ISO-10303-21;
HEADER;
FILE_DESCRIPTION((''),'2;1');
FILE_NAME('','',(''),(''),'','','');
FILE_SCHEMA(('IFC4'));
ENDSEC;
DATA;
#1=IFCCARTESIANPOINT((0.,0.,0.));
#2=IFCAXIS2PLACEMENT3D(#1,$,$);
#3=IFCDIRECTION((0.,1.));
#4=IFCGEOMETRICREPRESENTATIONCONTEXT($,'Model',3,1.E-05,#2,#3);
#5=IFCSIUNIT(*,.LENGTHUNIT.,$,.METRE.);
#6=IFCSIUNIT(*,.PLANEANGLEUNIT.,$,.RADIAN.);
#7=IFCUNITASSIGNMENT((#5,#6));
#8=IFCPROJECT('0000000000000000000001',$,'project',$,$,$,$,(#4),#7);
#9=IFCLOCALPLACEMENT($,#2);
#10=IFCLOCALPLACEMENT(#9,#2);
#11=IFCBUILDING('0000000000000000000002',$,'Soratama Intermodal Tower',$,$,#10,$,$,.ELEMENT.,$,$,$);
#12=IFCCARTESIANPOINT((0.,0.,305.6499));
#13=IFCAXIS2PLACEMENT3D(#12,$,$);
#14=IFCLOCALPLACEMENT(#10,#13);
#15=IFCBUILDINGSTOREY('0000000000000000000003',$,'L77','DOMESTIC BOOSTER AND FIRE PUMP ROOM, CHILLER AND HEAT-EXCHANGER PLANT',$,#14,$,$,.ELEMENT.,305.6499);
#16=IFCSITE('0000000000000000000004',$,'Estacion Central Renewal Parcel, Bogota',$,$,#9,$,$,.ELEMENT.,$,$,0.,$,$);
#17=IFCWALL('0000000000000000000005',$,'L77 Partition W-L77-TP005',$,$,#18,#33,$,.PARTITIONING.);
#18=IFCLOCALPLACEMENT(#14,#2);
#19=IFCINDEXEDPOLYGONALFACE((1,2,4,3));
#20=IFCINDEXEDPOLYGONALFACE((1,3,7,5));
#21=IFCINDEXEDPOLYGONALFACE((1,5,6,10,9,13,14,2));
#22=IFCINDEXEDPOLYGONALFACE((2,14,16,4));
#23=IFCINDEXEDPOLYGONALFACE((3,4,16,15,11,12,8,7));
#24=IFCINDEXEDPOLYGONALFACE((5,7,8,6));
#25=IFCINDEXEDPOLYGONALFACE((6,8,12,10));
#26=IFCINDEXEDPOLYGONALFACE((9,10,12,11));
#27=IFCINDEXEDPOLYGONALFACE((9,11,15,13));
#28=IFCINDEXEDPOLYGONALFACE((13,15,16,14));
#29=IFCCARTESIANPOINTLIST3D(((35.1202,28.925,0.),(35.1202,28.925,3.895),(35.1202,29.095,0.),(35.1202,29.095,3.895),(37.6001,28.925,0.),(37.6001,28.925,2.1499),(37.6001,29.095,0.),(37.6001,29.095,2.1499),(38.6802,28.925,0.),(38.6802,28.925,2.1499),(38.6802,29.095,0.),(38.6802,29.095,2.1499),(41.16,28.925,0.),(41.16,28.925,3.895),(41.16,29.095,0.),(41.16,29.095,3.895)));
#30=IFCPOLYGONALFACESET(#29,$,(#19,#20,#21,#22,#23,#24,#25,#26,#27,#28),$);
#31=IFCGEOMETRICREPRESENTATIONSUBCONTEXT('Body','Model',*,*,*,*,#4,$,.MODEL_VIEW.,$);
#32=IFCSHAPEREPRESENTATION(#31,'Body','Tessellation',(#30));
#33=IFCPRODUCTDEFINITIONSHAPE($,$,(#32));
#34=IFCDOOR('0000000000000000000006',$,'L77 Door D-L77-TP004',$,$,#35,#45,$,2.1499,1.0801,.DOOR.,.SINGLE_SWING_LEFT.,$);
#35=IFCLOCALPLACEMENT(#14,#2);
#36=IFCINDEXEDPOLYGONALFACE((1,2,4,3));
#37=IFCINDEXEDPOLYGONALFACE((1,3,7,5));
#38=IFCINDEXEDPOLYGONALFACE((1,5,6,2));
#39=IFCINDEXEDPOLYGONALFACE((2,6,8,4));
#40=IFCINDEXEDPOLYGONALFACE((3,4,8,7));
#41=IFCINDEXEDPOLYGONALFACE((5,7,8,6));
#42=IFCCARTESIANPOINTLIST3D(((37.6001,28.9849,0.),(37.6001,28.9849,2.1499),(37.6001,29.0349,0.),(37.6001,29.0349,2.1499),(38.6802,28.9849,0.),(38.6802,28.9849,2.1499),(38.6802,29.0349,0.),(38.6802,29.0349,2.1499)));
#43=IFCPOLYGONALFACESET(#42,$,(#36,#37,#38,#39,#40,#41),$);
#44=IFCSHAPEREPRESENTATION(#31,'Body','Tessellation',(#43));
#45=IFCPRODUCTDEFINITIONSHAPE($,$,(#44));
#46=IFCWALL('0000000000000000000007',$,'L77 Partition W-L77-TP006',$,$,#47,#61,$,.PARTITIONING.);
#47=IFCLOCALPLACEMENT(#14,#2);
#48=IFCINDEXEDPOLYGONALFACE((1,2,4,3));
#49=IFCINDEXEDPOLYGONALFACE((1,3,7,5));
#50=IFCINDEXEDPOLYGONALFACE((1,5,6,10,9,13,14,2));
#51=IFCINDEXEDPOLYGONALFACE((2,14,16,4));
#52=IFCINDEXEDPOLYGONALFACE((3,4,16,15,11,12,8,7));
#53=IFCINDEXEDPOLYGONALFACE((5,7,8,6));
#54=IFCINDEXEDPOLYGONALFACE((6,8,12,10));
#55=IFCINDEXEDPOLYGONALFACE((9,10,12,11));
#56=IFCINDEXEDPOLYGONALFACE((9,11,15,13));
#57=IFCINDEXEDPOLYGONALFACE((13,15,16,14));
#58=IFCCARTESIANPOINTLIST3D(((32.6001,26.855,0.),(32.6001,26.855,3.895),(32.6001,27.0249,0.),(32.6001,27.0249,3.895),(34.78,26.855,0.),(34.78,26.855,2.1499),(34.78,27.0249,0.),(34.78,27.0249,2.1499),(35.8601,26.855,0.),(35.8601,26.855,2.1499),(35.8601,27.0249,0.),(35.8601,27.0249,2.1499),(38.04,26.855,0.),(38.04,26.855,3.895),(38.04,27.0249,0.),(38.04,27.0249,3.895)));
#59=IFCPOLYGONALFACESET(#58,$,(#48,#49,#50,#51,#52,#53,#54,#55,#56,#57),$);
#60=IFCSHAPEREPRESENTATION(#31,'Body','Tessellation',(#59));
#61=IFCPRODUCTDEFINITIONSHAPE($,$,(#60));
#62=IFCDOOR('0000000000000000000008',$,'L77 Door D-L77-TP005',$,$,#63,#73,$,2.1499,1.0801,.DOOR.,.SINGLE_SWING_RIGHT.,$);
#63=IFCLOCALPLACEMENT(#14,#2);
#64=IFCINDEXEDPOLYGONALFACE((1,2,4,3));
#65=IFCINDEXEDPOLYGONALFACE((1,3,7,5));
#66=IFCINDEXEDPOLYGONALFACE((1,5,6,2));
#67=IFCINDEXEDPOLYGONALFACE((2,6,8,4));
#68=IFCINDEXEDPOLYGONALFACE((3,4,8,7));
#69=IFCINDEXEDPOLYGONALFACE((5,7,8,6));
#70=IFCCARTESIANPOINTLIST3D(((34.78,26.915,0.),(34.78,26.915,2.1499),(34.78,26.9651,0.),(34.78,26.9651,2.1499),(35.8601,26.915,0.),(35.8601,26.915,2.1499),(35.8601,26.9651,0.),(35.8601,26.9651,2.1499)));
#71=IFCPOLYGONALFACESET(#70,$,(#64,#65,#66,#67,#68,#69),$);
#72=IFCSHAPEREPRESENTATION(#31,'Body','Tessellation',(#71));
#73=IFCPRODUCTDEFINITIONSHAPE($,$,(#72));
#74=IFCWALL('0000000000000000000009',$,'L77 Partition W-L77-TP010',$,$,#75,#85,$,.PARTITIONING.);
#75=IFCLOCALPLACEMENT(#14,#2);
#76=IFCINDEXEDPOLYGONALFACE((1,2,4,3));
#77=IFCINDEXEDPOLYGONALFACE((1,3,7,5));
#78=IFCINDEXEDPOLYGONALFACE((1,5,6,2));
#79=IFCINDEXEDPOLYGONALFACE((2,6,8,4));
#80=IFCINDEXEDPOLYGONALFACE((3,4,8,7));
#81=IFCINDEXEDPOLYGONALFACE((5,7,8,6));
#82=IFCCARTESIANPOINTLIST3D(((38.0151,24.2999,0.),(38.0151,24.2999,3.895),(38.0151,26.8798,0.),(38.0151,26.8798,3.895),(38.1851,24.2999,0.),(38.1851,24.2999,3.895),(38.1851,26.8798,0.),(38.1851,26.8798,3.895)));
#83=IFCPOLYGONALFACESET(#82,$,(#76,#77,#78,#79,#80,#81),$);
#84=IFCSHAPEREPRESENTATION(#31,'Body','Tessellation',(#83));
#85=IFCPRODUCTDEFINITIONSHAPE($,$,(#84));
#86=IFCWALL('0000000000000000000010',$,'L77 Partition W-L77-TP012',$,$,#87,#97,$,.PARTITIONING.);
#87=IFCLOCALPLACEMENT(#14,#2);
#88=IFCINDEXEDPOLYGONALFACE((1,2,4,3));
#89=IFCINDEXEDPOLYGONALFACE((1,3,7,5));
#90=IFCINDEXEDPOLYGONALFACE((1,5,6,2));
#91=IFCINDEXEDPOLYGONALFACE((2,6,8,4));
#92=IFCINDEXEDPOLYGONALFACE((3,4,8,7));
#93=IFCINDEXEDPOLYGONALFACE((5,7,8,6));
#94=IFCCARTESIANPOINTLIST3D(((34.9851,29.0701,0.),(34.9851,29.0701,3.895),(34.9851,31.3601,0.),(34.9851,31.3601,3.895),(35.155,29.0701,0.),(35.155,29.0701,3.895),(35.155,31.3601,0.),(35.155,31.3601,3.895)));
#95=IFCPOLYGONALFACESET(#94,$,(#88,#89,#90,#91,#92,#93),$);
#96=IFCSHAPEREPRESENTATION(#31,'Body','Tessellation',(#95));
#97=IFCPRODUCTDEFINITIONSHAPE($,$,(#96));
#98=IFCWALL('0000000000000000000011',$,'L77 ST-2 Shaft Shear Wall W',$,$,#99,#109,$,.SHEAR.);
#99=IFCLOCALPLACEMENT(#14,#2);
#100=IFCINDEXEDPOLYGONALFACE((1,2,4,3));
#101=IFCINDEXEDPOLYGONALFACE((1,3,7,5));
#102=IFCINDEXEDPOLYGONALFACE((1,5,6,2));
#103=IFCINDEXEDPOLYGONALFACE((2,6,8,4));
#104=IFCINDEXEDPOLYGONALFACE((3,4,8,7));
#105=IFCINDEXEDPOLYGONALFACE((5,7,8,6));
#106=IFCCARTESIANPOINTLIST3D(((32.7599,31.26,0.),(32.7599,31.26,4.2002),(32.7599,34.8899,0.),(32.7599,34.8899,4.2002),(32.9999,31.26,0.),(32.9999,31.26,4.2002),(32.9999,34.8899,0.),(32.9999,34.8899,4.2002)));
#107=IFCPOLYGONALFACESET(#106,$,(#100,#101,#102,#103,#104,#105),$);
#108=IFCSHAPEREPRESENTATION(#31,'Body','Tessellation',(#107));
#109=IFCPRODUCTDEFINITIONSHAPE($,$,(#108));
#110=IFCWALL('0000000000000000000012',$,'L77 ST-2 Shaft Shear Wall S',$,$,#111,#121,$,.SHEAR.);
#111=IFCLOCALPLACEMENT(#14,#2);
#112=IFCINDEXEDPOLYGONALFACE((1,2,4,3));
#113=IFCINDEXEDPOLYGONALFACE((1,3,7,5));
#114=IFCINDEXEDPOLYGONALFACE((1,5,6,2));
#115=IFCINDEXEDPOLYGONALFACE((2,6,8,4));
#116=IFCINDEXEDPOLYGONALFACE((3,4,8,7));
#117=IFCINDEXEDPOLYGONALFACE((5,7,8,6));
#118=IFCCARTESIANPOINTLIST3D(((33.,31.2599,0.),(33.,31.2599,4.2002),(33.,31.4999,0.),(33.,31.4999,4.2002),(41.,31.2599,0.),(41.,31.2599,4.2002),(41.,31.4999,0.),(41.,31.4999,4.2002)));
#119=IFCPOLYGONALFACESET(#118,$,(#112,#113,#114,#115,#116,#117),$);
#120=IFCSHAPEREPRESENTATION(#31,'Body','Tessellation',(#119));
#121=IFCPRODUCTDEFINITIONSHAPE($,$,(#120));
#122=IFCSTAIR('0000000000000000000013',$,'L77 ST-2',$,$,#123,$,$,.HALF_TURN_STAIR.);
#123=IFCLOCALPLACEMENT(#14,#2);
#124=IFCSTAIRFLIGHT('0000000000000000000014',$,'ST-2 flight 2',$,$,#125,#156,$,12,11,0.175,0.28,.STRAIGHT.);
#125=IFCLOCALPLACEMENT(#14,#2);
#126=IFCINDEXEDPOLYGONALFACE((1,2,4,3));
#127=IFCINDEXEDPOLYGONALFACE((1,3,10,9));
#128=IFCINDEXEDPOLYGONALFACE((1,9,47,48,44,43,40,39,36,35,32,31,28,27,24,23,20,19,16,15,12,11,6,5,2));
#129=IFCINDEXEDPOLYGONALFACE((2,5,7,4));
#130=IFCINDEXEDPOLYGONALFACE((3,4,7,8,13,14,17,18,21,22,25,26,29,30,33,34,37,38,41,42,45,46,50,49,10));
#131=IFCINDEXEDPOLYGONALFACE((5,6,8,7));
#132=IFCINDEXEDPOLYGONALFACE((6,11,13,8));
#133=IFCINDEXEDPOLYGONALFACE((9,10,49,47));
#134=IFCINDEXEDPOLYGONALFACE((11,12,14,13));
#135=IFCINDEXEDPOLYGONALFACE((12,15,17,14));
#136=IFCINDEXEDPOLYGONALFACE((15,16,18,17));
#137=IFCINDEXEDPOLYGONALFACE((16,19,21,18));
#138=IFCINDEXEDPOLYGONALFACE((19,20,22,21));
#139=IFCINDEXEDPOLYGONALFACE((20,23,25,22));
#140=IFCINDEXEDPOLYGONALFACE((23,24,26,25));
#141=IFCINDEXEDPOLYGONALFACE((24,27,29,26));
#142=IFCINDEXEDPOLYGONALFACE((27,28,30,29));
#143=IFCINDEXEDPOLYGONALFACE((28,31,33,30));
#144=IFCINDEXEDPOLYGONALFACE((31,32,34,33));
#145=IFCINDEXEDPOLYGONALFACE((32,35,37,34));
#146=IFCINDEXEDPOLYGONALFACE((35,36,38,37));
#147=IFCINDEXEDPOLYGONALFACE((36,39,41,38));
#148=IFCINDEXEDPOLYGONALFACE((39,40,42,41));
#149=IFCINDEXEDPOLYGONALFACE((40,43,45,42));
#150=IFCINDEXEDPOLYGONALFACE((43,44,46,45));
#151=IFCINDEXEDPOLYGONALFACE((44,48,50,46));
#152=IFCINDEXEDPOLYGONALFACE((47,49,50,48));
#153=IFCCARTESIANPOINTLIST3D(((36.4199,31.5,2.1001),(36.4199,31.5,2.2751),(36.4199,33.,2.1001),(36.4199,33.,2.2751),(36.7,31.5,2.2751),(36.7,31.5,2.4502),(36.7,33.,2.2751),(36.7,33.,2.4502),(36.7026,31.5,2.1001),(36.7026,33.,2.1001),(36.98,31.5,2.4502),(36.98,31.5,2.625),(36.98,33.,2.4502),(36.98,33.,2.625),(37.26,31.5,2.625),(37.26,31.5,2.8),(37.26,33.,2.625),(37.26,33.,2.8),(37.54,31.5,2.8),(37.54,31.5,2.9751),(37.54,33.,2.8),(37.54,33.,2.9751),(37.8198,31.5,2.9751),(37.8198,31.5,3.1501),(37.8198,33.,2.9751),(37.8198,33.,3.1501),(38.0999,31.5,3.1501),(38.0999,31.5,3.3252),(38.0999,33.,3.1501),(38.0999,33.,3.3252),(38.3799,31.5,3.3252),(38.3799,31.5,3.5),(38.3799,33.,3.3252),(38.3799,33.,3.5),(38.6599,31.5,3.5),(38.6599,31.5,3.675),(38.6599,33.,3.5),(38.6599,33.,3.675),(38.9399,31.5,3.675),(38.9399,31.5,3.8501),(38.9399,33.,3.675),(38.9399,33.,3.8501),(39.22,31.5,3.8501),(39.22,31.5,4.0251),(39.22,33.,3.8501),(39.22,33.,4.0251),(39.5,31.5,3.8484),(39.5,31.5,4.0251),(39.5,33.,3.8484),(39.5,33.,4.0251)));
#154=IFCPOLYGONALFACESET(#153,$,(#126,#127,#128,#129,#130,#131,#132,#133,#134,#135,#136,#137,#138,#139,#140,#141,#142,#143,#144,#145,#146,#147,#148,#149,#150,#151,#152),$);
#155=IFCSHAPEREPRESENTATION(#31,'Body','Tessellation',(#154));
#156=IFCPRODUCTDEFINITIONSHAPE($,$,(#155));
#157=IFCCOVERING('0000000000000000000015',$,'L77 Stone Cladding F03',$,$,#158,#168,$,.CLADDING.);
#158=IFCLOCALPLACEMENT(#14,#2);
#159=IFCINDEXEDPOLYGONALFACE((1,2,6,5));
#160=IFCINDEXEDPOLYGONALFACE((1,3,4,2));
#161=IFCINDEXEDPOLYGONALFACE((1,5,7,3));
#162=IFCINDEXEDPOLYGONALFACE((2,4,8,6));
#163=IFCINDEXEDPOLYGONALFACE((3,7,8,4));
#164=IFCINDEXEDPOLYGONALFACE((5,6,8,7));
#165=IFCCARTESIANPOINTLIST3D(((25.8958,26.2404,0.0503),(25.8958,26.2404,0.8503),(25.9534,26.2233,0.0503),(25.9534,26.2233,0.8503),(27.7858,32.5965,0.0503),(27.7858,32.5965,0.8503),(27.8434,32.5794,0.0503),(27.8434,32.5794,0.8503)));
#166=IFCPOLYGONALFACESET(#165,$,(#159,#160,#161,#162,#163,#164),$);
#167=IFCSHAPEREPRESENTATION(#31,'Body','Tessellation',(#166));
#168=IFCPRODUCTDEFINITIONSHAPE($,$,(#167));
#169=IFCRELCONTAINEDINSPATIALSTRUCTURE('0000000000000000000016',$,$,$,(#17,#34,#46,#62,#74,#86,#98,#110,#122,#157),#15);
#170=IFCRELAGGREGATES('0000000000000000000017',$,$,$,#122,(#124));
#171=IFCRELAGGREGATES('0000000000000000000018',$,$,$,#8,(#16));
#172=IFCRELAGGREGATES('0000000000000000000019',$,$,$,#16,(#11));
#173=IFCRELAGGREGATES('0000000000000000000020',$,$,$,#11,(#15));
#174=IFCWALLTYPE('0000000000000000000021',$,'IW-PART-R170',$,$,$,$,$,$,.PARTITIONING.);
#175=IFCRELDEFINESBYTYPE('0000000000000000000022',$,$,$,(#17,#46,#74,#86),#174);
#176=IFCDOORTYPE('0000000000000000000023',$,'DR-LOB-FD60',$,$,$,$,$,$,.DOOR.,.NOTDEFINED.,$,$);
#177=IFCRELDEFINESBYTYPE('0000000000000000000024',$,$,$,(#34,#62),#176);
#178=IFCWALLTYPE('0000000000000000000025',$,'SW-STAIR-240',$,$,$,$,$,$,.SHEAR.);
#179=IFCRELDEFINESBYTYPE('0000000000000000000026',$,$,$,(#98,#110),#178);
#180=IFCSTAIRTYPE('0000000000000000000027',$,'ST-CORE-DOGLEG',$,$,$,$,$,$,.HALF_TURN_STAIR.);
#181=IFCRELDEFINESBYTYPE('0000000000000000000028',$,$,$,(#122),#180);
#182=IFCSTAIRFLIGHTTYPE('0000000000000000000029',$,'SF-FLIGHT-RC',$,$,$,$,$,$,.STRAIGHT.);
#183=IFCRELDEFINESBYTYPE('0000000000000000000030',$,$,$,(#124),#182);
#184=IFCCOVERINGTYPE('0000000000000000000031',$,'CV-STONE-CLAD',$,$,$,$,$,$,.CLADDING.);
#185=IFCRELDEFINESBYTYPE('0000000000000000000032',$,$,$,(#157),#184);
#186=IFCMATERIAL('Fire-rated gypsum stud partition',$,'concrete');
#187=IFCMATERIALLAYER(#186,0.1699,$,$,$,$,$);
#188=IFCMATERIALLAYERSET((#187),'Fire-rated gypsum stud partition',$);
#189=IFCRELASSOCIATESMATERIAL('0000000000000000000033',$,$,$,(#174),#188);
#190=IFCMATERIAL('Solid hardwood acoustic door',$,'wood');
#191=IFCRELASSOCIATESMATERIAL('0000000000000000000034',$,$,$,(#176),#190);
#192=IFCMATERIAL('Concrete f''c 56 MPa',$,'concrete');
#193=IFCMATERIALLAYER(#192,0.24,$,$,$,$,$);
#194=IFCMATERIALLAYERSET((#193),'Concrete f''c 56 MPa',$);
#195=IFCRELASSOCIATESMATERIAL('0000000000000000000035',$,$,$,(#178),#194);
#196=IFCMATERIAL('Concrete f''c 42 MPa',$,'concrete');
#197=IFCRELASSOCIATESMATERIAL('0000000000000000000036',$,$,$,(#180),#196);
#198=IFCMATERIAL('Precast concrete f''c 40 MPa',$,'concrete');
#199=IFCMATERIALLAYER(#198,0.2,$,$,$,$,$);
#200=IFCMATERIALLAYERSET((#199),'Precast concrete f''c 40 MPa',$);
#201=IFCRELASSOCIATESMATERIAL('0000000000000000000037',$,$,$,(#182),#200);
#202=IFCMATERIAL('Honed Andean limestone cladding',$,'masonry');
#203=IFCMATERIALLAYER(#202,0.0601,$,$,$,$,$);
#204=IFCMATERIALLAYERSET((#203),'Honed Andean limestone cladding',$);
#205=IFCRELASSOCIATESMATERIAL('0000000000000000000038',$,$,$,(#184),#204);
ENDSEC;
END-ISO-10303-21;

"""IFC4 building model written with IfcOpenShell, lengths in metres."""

from ifc_helpers import new_model, si_unit, direction, frame, frame_2d, origin, origin_2d, place, context, subcontext, project, spatial, polyline, rectangle, outline, extrude, material, layer, layer_set, type_object, element, fill, aggregate, save


model = new_model("IFC4")

# Units and contexts
model_context = context("Model", 3, precision=1e-05, world=origin(), true_north=direction((0.0, 1.0)))
body_context = subcontext(model_context, "Body", "Model", "MODEL_VIEW")
ifc_project = project(units=[si_unit("LENGTHUNIT", "METRE"), si_unit("PLANEANGLEUNIT", "RADIAN")], contexts=[model_context])

# Site, building, storey
site_placement = place(None, origin())
site = spatial("IfcSite", under=ifc_project, at=site_placement, Name="Estacion Central Renewal Parcel, Bogota", CompositionType="ELEMENT", RefElevation=0.0)
building_placement = place(site_placement, origin())
building = spatial("IfcBuilding", under=site, at=building_placement, Name="Soratama Intermodal Tower", CompositionType="ELEMENT")
storey_placement = place(building_placement, frame((0.0, 0.0, 305.6499)))
storey = spatial("IfcBuildingStorey", under=building, at=storey_placement, Name="L77", Description="DOMESTIC BOOSTER AND FIRE PUMP ROOM, CHILLER AND HEAT-EXCHANGER PLANT", CompositionType="ELEMENT", Elevation=305.6499)

# Walls, openings, doors
ifc_material_1 = material(Name="Fire-rated gypsum stud partition", Category="concrete")
ifc_layer_1 = layer(ifc_material_1, 0.1699)
ifc_layer_set_1 = layer_set([ifc_layer_1], Name="Fire-rated gypsum stud partition")
wall_type_1 = type_object("IfcWallType", Name="IW-PART-R170", PredefinedType="PARTITIONING", material=ifc_layer_set_1)
wall_1_placement = place(storey_placement, frame((35.1201, 29.01, 0.0), z_axis=(0.0, 0.0, 1.0), x_axis=(1.0, 0.0, 0.0)))
wall_1 = element("IfcWall", 1, at=wall_1_placement, inside=storey, type_object=wall_type_1, Name="L77 Partition W-L77-TP005", PredefinedType="PARTITIONING", context=body_context, shape_type="SweptSolid", body=[
    extrude(rectangle(XDim=6.0398, YDim=0.1699, at=frame_2d((3.02, 0.0))), origin(), (0.0, 0.0, 1.0), 3.895),
])
opening_1_placement = place(wall_1_placement, frame((2.48, 0.0, 0.0)))
opening_1 = element("IfcOpeningElement", 2, at=opening_1_placement, cuts=wall_1, PredefinedType="OPENING", context=body_context, shape_type="SweptSolid", body=[
    extrude(rectangle(XDim=1.0801, YDim=2.1499, at=frame_2d((0.54, 1.075))), frame((0.0, 0.095, 0.0), z_axis=(0.0, -1.0, 0.0), x_axis=(1.0, 0.0, 0.0)), (0.0, 0.0, 1.0), 0.1899),
])
ifc_material_2 = material(Name="Solid hardwood acoustic door", Category="wood")
door_type = type_object("IfcDoorType", Name="DR-LOB-FD60", OperationType="NOTDEFINED", PredefinedType="DOOR", material=ifc_material_2)
door_1_placement = place(opening_1_placement, origin())
door_1 = element("IfcDoor", 3, at=door_1_placement, inside=storey, type_object=door_type, Name="L77 Door D-L77-TP004", OperationType="SINGLE_SWING_LEFT", OverallHeight=2.1499, OverallWidth=1.0801, PredefinedType="DOOR", context=body_context, shape_type="SweptSolid", body=[
    extrude(rectangle(XDim=1.0801, YDim=2.1499, at=frame_2d((0.54, 1.075))), frame((0.0, 0.0249, 0.0), z_axis=(0.0, -1.0, 0.0), x_axis=(1.0, 0.0, 0.0)), (0.0, 0.0, 1.0), 0.05),
])
fill(opening_1, door_1)
wall_2_placement = place(storey_placement, frame((38.04, 26.9399, 0.0), z_axis=(0.0, 0.0, 1.0), x_axis=(-1.0, 0.0, 0.0)))
wall_2 = element("IfcWall", 4, at=wall_2_placement, inside=storey, type_object=wall_type_1, Name="L77 Partition W-L77-TP006", PredefinedType="PARTITIONING", context=body_context, shape_type="SweptSolid", body=[
    extrude(rectangle(XDim=5.4399, YDim=0.1699, at=frame_2d((2.72, 0.0))), origin(), (0.0, 0.0, 1.0), 3.895),
])
opening_2_placement = place(wall_2_placement, frame((2.1799, 0.0, 0.0)))
opening_2 = element("IfcOpeningElement", 5, at=opening_2_placement, cuts=wall_2, PredefinedType="OPENING", context=body_context, shape_type="SweptSolid", body=[
    extrude(rectangle(XDim=1.0801, YDim=2.1499, at=frame_2d((0.54, 1.075))), frame((0.0, 0.095, 0.0), z_axis=(0.0, -1.0, 0.0), x_axis=(1.0, 0.0, 0.0)), (0.0, 0.0, 1.0), 0.1899),
])
door_2_placement = place(opening_2_placement, origin())
door_2 = element("IfcDoor", 6, at=door_2_placement, inside=storey, type_object=door_type, Name="L77 Door D-L77-TP005", OperationType="SINGLE_SWING_RIGHT", OverallHeight=2.1499, OverallWidth=1.0801, PredefinedType="DOOR", context=body_context, shape_type="SweptSolid", body=[
    extrude(rectangle(XDim=1.0801, YDim=2.1499, at=frame_2d((0.54, 1.075))), frame((0.0, 0.0249, 0.0), z_axis=(0.0, -1.0, 0.0), x_axis=(1.0, 0.0, 0.0)), (0.0, 0.0, 1.0), 0.05),
])
fill(opening_2, door_2)

# Walls
wall_3_placement = place(storey_placement, frame((38.1001, 26.8799, 0.0), z_axis=(0.0, 0.0, 1.0), x_axis=(0.0, -1.0, 0.0)))
element("IfcWall", 7, at=wall_3_placement, inside=storey, type_object=wall_type_1, Name="L77 Partition W-L77-TP010", PredefinedType="PARTITIONING", context=body_context, shape_type="SweptSolid", body=[
    extrude(rectangle(XDim=2.5798, YDim=0.1699, at=frame_2d((1.29, 0.0))), origin(), (0.0, 0.0, 1.0), 3.895),
])
wall_4_placement = place(storey_placement, frame((35.0701, 31.3601, 0.0), z_axis=(0.0, 0.0, 1.0), x_axis=(0.0, -1.0, 0.0)))
element("IfcWall", 8, at=wall_4_placement, inside=storey, type_object=wall_type_1, Name="L77 Partition W-L77-TP012", PredefinedType="PARTITIONING", context=body_context, shape_type="SweptSolid", body=[
    extrude(rectangle(XDim=2.29, YDim=0.1699, at=frame_2d((1.145, 0.0))), origin(), (0.0, 0.0, 1.0), 3.895),
])
ifc_material_3 = material(Name="Concrete f'c 56 MPa", Category="concrete")
ifc_layer_2 = layer(ifc_material_3, 0.24)
ifc_layer_set_2 = layer_set([ifc_layer_2], Name="Concrete f'c 56 MPa")
wall_type_2 = type_object("IfcWallType", Name="SW-STAIR-240", PredefinedType="SHEAR", material=ifc_layer_set_2)
wall_5_placement = place(storey_placement, frame((32.8799, 31.26, 0.0), z_axis=(0.0, 0.0, 1.0), x_axis=(0.0, 1.0, 0.0)))
element("IfcWall", 9, at=wall_5_placement, inside=storey, type_object=wall_type_2, Name="L77 ST-2 Shaft Shear Wall W", PredefinedType="SHEAR", context=body_context, shape_type="SweptSolid", body=[
    extrude(rectangle(XDim=3.6299, YDim=0.24, at=frame_2d((1.8149, 0.0))), origin(), (0.0, 0.0, 1.0), 4.2002),
])
wall_6_placement = place(storey_placement, frame((33.0, 31.3799, 0.0), z_axis=(0.0, 0.0, 1.0), x_axis=(1.0, 0.0, 0.0)))
element("IfcWall", 10, at=wall_6_placement, inside=storey, type_object=wall_type_2, Name="L77 ST-2 Shaft Shear Wall S", PredefinedType="SHEAR", context=body_context, shape_type="SweptSolid", body=[
    extrude(rectangle(XDim=8.0, YDim=0.24, at=frame_2d((4.0, 0.0))), origin(), (0.0, 0.0, 1.0), 4.2002),
])

# Stair, stair flight
ifc_material_4 = material(Name="Concrete f'c 42 MPa", Category="concrete")
stair_type = type_object("IfcStairType", Name="ST-CORE-DOGLEG", PredefinedType="HALF_TURN_STAIR", material=ifc_material_4)
stair_placement = place(storey_placement, origin())
stair = element("IfcStair", 11, at=stair_placement, inside=storey, type_object=stair_type, Name="L77 ST-2", PredefinedType="HALF_TURN_STAIR")
ifc_material_5 = material(Name="Precast concrete f'c 40 MPa", Category="concrete")
ifc_layer_3 = layer(ifc_material_5, 0.2)
ifc_layer_set_3 = layer_set([ifc_layer_3], Name="Precast concrete f'c 40 MPa")
stair_flight_type = type_object("IfcStairFlightType", Name="SF-FLIGHT-RC", PredefinedType="STRAIGHT", material=ifc_layer_set_3)
stair_flight_placement = place(storey_placement, frame((36.4199, 32.25, 2.1001), z_axis=(0.0, 0.0, 1.0), x_axis=(1.0, 0.0, 0.0)))
stair_flight = element("IfcStairFlight", 12, at=stair_flight_placement, type_object=stair_flight_type, Name="ST-2 flight 2", NumberOfRisers=12, NumberOfTreads=11, PredefinedType="STRAIGHT", RiserHeight=0.175, TreadLength=0.28, context=body_context, shape_type="SweptSolid", body=[
    extrude(outline(polyline([(0.0, 0.0), (0.0, 0.175), (0.28, 0.175), (0.28, 0.3501), (0.5601, 0.3501), (0.5601, 0.5249), (0.8401, 0.5249), (0.8401, 0.7), (1.1201, 0.7), (1.1201, 0.875), (1.3999, 0.875), (1.3999, 1.05), (1.6799, 1.05), (1.6799, 1.2251), (1.96, 1.2251), (1.96, 1.3999), (2.24, 1.3999), (2.24, 1.575), (2.52, 1.575), (2.52, 1.75), (2.8, 1.75), (2.8, 1.925), (3.0801, 1.925), (3.0801, 2.1001), (3.0801, 1.7483), (0.2827, 0.0), (0.0, 0.0)])), frame((0.0, 0.75, 0.0), z_axis=(0.0, -1.0, 0.0), x_axis=(1.0, 0.0, 0.0)), (0.0, 0.0, 1.0), 1.5),
])
aggregate(stair, [stair_flight])

# Covering
ifc_material_6 = material(Name="Honed Andean limestone cladding", Category="masonry")
ifc_layer_4 = layer(ifc_material_6, 0.0601)
ifc_layer_set_4 = layer_set([ifc_layer_4], Name="Honed Andean limestone cladding")
covering_type = type_object("IfcCoveringType", Name="CV-STONE-CLAD", PredefinedType="CLADDING", material=ifc_layer_set_4)
covering_placement = place(storey_placement, frame((26.8696, 29.4099, 0.0503), z_axis=(0.0, 0.0, 1.0), x_axis=(-0.285019, -0.958522, 0.0)))
element("IfcCovering", 13, at=covering_placement, inside=storey, type_object=covering_type, Name="L77 Stone Cladding F03", PredefinedType="CLADDING", context=body_context, shape_type="SweptSolid", body=[
    extrude(rectangle(XDim=6.6311, YDim=0.0601, at=origin_2d()), origin(), (0.0, 0.0, 1.0), 0.8),
])

save(model, "model.ifc")
